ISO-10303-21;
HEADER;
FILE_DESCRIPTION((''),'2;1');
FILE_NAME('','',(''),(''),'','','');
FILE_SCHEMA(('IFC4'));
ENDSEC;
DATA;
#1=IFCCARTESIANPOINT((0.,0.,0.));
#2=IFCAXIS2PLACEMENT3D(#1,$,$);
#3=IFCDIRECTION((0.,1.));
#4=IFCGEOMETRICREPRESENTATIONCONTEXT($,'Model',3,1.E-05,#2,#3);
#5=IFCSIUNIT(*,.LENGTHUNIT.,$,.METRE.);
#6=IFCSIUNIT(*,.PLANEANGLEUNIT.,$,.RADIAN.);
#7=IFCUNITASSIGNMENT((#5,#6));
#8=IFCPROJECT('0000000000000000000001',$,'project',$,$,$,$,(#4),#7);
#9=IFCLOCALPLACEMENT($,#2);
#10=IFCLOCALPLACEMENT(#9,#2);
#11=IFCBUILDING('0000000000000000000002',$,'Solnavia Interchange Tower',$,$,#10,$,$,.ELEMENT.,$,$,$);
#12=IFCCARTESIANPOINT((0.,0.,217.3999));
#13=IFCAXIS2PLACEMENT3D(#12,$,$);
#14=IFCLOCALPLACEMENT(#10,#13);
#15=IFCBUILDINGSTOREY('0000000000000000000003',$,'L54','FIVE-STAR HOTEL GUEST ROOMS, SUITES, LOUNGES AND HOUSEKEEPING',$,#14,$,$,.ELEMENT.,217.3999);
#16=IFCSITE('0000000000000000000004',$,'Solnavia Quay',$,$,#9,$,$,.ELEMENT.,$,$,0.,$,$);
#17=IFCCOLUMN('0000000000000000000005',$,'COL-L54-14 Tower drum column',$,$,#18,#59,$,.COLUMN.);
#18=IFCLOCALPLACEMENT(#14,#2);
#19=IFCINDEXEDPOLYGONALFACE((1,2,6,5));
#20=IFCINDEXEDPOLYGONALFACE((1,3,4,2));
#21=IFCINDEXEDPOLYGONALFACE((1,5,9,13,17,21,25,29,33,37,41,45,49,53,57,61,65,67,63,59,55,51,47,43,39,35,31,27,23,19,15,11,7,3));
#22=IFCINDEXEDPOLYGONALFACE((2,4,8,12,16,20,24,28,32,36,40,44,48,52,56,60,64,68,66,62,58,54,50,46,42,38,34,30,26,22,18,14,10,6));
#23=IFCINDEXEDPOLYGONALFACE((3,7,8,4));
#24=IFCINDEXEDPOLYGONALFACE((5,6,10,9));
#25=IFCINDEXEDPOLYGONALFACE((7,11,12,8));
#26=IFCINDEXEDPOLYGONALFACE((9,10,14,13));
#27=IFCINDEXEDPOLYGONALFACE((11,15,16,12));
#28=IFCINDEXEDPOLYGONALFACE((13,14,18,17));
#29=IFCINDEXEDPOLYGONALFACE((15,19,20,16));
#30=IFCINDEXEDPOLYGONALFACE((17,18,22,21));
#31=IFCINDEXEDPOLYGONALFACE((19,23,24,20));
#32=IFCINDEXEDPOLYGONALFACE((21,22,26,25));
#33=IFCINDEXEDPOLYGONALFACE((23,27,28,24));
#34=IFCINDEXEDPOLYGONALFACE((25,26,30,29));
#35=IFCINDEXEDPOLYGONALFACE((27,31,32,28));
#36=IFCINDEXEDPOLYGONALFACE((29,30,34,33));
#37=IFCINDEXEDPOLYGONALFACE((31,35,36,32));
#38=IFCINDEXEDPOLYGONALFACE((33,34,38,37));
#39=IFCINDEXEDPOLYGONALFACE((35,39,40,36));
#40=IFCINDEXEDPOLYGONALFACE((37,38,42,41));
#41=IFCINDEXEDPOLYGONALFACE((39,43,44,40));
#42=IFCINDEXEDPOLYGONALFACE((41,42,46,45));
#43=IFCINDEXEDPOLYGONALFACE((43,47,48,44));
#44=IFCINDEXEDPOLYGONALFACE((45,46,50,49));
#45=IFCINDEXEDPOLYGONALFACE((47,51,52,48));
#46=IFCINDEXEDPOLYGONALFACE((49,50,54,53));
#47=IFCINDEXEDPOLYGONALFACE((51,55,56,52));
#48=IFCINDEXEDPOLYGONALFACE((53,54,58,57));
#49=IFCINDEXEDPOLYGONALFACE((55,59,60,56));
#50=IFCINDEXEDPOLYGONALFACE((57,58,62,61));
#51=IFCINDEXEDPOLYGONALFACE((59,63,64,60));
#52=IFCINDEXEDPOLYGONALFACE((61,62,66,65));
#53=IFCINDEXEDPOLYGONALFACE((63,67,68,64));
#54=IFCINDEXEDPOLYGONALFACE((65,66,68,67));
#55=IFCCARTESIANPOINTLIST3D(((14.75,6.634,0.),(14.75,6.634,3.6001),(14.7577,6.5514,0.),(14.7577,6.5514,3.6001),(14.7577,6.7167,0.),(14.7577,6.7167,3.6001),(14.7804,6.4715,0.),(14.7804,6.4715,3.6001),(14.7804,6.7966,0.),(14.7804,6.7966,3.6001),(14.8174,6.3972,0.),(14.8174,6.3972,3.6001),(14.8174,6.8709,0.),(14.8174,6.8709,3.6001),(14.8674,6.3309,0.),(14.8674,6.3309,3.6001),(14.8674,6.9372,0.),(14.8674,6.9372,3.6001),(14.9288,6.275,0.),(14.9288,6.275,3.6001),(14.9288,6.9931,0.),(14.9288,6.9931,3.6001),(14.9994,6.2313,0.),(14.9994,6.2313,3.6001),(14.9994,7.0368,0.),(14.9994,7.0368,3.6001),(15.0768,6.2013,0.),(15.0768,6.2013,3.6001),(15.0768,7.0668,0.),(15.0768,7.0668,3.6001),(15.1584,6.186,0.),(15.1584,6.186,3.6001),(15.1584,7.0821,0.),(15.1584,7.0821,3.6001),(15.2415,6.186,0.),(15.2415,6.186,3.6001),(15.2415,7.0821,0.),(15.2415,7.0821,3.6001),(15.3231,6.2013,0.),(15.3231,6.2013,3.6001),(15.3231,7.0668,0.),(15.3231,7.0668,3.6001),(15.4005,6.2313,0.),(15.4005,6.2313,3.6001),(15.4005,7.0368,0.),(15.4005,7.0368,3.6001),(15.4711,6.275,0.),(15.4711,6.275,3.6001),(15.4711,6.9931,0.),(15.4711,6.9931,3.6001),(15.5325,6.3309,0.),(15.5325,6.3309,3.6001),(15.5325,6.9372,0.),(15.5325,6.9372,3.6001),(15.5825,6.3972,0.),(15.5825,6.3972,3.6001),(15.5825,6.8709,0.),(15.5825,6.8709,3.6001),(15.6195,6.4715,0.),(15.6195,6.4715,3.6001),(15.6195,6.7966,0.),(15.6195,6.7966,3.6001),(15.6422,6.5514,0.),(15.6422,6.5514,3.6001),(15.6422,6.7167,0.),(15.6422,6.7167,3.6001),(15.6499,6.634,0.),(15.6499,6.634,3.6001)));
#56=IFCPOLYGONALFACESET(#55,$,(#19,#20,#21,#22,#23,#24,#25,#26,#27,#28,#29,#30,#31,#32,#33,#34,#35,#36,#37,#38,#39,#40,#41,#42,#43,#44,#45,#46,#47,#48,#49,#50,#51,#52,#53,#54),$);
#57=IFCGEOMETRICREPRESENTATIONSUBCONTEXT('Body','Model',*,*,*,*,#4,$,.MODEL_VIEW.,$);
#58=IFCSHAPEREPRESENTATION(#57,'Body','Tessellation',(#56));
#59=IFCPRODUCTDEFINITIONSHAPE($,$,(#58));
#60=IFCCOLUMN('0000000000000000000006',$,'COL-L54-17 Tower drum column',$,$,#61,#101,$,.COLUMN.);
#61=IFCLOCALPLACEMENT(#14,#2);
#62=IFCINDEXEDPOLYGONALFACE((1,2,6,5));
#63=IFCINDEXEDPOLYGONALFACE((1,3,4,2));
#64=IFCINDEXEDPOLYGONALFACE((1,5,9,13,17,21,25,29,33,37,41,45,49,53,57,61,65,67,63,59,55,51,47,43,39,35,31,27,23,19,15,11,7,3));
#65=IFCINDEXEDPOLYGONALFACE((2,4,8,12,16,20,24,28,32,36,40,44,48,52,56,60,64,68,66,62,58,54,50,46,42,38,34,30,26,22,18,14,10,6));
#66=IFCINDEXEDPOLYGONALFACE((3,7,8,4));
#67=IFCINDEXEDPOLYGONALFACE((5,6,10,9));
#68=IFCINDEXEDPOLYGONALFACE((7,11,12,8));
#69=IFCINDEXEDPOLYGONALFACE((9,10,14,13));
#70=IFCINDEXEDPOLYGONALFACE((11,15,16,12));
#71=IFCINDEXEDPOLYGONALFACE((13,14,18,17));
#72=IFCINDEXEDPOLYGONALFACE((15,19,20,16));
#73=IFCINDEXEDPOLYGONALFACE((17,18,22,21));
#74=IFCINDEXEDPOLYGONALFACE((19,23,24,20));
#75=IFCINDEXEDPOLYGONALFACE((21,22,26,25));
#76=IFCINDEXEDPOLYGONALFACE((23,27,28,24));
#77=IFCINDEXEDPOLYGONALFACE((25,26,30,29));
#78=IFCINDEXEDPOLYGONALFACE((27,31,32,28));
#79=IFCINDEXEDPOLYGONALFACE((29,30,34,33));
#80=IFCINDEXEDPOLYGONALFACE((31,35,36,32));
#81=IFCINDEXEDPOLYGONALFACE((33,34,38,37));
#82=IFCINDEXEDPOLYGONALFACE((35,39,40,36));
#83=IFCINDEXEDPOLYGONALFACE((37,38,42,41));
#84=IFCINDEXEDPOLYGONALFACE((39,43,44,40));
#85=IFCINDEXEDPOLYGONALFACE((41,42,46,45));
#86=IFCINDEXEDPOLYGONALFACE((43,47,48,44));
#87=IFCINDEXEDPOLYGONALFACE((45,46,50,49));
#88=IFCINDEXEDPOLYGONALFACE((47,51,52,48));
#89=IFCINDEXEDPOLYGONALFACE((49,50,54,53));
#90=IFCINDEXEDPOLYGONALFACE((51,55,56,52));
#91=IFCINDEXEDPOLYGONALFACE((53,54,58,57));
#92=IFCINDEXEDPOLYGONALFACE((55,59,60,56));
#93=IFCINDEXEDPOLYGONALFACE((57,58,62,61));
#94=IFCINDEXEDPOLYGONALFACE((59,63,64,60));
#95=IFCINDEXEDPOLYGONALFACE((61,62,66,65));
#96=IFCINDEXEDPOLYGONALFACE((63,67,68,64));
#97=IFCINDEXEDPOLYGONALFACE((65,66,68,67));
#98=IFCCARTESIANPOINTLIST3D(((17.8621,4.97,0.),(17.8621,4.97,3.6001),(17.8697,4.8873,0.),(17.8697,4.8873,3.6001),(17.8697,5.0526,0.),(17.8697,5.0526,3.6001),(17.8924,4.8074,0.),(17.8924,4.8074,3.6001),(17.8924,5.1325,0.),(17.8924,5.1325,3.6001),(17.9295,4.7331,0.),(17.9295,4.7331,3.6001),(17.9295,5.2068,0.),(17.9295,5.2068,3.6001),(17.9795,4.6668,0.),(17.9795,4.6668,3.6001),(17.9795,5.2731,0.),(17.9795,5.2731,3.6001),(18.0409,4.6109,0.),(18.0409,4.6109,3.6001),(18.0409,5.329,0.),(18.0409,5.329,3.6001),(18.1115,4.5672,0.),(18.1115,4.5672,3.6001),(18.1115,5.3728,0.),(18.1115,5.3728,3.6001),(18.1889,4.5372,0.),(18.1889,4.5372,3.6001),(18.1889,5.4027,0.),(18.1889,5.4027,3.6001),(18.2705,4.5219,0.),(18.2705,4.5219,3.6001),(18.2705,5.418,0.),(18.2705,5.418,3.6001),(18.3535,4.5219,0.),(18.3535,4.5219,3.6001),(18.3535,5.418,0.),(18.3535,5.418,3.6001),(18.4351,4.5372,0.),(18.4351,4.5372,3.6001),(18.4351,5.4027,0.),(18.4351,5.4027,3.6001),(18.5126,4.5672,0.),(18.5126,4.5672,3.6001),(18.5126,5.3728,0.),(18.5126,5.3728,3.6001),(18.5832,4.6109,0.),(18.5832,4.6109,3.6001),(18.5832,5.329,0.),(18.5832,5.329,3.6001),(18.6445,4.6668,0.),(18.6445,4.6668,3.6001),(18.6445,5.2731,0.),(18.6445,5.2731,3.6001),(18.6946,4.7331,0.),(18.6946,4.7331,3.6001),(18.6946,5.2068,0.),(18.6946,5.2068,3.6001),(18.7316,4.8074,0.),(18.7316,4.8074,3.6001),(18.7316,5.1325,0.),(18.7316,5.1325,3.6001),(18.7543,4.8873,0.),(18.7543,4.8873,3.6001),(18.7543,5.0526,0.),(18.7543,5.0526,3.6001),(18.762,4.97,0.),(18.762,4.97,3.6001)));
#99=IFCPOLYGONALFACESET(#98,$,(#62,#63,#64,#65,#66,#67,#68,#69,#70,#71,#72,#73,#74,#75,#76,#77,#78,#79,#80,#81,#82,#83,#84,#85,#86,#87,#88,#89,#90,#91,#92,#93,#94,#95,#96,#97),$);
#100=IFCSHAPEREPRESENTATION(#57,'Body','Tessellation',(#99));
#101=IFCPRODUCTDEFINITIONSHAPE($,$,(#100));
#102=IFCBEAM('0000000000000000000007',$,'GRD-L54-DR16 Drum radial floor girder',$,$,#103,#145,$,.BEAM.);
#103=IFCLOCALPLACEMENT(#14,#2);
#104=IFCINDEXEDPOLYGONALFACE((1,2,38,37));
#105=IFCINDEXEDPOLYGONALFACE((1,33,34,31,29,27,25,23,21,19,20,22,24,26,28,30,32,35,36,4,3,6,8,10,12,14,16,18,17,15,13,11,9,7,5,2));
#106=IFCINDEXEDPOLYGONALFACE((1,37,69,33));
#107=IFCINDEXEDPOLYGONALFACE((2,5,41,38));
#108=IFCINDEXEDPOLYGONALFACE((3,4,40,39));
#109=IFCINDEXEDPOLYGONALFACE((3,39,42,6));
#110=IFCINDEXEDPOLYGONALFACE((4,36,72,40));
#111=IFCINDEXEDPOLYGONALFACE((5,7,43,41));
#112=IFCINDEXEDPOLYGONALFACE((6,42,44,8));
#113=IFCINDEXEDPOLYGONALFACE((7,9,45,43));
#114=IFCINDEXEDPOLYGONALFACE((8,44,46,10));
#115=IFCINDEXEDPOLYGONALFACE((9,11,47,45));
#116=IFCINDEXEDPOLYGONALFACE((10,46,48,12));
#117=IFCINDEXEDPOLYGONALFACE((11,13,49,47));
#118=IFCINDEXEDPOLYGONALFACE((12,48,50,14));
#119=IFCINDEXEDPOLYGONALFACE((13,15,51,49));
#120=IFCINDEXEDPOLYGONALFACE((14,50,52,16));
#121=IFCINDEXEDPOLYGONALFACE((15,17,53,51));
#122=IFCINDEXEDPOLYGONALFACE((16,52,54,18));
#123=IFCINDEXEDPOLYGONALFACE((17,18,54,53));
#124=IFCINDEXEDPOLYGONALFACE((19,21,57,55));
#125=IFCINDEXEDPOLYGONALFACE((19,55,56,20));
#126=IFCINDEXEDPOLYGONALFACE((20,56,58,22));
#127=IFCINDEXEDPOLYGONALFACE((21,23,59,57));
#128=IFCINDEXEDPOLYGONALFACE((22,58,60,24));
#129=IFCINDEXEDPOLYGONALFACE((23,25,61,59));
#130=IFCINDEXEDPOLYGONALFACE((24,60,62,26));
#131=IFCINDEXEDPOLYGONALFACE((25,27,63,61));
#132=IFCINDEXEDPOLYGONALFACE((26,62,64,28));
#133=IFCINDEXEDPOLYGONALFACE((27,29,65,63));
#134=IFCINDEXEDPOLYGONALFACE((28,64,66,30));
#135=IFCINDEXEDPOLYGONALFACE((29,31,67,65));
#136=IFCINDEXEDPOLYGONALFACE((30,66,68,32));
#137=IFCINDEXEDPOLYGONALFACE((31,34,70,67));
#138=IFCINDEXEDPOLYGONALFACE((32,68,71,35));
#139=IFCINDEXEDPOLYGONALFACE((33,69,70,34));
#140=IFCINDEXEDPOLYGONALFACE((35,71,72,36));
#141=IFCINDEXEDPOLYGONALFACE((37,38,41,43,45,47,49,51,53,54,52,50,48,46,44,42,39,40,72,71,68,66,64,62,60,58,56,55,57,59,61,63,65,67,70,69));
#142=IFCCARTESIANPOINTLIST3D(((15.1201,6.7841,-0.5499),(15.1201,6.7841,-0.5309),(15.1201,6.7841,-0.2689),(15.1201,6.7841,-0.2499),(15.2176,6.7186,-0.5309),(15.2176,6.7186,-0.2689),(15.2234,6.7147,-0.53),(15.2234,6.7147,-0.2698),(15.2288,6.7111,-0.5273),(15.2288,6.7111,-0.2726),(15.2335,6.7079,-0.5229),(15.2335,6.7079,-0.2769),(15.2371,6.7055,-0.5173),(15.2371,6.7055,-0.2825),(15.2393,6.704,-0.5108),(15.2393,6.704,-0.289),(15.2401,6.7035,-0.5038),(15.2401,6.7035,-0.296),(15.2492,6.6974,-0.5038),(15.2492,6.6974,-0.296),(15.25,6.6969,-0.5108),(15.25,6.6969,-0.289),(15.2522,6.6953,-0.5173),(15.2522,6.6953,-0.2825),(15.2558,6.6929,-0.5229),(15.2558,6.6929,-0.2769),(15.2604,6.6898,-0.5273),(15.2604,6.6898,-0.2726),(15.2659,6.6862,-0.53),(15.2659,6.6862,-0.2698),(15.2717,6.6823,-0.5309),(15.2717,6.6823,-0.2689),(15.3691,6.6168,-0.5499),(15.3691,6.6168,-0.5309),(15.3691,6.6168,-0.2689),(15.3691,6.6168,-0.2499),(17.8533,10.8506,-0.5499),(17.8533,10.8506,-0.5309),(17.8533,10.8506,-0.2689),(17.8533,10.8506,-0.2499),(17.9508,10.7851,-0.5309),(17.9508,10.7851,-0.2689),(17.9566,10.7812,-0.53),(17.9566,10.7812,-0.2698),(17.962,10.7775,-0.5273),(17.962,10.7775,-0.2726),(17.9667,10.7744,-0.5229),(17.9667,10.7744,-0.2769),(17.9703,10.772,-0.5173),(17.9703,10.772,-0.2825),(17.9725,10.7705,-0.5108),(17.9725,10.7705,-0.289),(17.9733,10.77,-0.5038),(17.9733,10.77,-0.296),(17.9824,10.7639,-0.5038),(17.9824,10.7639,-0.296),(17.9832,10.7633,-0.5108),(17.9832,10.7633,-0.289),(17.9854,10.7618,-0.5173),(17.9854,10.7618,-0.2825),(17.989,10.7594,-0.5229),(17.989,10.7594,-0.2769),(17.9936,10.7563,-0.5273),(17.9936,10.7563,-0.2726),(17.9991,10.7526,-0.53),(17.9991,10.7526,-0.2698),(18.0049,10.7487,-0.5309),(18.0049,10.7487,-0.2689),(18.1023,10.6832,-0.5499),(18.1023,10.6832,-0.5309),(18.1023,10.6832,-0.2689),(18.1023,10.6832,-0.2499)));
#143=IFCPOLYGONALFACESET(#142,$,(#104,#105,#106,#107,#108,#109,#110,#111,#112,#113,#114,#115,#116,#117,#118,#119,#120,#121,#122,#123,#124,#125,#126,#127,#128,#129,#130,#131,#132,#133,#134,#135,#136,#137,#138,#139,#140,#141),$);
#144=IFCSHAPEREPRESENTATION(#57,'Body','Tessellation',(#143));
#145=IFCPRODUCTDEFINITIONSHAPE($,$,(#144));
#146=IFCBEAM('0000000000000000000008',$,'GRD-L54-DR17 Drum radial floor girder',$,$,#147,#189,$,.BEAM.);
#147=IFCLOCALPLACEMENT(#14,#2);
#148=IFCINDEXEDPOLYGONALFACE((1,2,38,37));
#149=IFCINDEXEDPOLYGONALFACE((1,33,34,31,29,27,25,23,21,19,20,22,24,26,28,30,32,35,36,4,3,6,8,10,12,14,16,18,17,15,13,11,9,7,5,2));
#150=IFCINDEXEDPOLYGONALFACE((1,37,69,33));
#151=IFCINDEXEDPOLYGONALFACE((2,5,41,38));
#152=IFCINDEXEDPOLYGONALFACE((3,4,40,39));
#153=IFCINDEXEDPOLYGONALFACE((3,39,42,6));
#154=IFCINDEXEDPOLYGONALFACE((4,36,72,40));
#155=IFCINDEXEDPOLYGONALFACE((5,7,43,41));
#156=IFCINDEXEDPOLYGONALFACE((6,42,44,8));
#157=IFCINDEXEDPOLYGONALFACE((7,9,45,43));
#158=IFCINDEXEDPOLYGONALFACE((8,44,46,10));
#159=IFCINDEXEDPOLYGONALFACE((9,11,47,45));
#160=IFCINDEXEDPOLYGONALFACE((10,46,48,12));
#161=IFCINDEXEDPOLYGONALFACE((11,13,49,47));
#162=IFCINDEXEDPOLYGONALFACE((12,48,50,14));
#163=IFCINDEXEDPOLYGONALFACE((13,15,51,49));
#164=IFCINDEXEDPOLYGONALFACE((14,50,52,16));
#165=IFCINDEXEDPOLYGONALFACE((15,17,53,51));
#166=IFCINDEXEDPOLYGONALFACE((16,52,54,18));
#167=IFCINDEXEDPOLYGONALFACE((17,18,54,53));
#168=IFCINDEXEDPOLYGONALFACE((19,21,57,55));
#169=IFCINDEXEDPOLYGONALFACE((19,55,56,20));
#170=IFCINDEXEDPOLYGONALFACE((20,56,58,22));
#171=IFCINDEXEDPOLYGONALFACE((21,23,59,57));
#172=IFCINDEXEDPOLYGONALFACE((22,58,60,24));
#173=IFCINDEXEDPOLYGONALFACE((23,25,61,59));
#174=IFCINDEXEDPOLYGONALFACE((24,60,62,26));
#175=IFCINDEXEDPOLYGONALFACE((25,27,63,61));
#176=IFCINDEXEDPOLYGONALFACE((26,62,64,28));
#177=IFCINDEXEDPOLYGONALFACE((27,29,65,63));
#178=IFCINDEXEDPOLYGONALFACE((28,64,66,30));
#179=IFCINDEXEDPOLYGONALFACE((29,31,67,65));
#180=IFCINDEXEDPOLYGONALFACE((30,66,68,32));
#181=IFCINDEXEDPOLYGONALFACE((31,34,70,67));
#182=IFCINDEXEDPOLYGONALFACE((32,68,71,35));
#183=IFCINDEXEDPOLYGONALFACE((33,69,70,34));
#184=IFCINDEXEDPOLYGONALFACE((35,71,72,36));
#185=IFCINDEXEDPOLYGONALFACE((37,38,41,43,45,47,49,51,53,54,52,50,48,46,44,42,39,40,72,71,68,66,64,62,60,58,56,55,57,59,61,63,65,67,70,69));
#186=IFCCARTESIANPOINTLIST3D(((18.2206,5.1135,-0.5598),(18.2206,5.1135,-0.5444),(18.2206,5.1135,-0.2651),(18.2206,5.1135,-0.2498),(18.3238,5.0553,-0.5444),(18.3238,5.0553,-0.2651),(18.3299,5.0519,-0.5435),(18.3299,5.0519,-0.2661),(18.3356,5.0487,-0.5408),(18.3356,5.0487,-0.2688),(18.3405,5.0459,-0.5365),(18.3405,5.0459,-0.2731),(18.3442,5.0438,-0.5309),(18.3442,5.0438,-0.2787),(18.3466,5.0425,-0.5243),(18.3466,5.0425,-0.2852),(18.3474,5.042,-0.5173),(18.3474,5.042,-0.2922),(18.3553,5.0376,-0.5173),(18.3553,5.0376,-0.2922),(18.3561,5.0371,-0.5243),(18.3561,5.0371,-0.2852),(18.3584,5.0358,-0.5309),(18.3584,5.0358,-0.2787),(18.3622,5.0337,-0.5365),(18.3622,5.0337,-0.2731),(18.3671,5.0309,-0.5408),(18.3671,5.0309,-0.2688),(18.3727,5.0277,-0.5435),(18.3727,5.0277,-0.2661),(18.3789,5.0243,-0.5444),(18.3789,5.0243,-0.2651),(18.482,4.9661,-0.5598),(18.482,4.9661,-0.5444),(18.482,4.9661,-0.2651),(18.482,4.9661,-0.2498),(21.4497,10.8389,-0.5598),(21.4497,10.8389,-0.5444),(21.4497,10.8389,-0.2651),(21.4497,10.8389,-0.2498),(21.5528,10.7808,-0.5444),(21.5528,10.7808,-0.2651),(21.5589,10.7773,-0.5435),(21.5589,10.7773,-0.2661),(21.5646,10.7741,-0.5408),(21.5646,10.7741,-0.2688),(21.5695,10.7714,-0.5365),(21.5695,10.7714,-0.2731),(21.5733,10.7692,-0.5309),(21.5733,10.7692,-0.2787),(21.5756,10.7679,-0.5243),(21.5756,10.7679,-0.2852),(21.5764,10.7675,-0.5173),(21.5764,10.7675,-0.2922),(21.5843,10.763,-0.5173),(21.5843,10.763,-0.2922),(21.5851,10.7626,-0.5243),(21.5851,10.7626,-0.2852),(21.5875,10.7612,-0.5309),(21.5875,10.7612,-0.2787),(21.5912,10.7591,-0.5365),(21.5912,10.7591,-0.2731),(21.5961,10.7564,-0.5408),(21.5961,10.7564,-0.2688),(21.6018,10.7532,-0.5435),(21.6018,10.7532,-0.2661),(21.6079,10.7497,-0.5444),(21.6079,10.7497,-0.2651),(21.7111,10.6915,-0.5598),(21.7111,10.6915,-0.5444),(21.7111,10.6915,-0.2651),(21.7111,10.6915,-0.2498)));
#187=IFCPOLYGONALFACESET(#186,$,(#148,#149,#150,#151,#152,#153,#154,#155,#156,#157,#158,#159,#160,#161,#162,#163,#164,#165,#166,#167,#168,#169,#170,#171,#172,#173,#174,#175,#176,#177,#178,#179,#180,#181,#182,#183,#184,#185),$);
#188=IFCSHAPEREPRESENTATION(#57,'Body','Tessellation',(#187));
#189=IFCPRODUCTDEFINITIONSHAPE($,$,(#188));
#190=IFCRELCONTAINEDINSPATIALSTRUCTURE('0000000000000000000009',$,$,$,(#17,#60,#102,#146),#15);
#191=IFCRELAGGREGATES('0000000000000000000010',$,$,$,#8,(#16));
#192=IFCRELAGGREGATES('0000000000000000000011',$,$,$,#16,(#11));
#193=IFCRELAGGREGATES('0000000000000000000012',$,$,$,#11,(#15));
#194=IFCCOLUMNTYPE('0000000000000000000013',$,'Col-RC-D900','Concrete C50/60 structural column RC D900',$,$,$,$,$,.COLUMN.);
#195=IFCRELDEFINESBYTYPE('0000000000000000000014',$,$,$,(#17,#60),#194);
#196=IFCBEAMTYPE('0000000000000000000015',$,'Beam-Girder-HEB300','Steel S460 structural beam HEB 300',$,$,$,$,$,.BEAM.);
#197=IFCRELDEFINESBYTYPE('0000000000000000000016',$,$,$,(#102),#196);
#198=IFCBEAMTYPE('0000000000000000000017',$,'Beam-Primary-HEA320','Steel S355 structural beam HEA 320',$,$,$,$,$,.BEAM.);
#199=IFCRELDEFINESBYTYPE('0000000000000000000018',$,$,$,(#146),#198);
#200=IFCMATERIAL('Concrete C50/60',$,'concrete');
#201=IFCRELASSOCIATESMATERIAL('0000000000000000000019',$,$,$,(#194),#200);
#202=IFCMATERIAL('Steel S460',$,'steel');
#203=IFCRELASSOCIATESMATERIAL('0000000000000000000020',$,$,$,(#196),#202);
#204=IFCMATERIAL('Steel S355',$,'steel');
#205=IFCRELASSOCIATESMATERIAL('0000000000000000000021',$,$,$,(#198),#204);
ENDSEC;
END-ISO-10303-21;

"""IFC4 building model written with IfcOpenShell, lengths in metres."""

from ifc_helpers import new_model, si_unit, direction, frame, origin, origin_2d, place, context, subcontext, project, spatial, circle, i_section, extrude, material, material_profile, profile_set, type_object, element, save


model = new_model("IFC4")

# Units and contexts
model_context = context("Model", 3, precision=1e-05, world=origin(), true_north=direction((0.0, 1.0)))
body_context = subcontext(model_context, "Body", "Model", "MODEL_VIEW")
ifc_project = project(units=[si_unit("LENGTHUNIT", "METRE"), si_unit("PLANEANGLEUNIT", "RADIAN")], contexts=[model_context])

# Site, building, storey
site_placement = place(None, origin())
site = spatial("IfcSite", under=ifc_project, at=site_placement, Name="Solnavia Quay", CompositionType="ELEMENT", RefElevation=0.0)
building_placement = place(site_placement, origin())
building = spatial("IfcBuilding", under=site, at=building_placement, Name="Solnavia Interchange Tower", CompositionType="ELEMENT")
storey_placement = place(building_placement, frame((0.0, 0.0, 217.3999)))
storey = spatial("IfcBuildingStorey", under=building, at=storey_placement, Name="L54", Description="FIVE-STAR HOTEL GUEST ROOMS, SUITES, LOUNGES AND HOUSEKEEPING", CompositionType="ELEMENT", Elevation=217.3999)

# Columns
ifc_material_1 = material(Name="Concrete C50/60", Category="concrete")
ifc_material_profile_1 = material_profile(ifc_material_1, circle(Radius=0.45, at=origin_2d()), Name="RC D900")
ifc_profile_set_1 = profile_set([ifc_material_profile_1], Name="Concrete C50/60")
column_type = type_object("IfcColumnType", Name="Col-RC-D900", Description="Concrete C50/60 structural column RC D900", PredefinedType="COLUMN", material=ifc_profile_set_1)
for number, where, z_axis, x_axis, name in (
    (1, (15.2, 6.634, 0.0), (0.0, 0.0, 1.0), (1.0, 0.0, 0.0), "COL-L54-14 Tower drum column"),
    (2, (18.312, 4.97, 0.0), (0.0, 0.0, 1.0), (1.0, 0.0, 0.0), "COL-L54-17 Tower drum column"),
):
    element("IfcColumn", number, at=place(storey_placement, frame(where, z_axis=z_axis, x_axis=x_axis)), inside=storey, type_object=column_type, Name=name, PredefinedType="COLUMN", context=body_context, shape_type="SweptSolid", body=[
        extrude(circle(Radius=0.45, at=origin_2d()), origin(), (0.0, 0.0, 1.0), 3.6001),
    ])

# Beams
ifc_material_2 = material(Name="Steel S460", Category="steel")
ifc_material_profile_2 = material_profile(ifc_material_2, i_section(OverallWidth=0.3, OverallDepth=0.3, WebThickness=0.011, FlangeThickness=0.019, FilletRadius=0.0271, at=origin_2d()), Name="HEB 300")
ifc_profile_set_2 = profile_set([ifc_material_profile_2], Name="Steel S460")
beam_type_1 = type_object("IfcBeamType", Name="Beam-Girder-HEB300", Description="Steel S460 structural beam HEB 300", PredefinedType="BEAM", material=ifc_profile_set_2)
beam_1_placement = place(storey_placement, frame((15.2446, 6.7004, -0.3999), z_axis=(0.557835, 0.829952, 0.0), x_axis=(-0.829952, 0.557835, 0.0)))
element("IfcBeam", 3, at=beam_1_placement, inside=storey, type_object=beam_type_1, Name="GRD-L54-DR16 Drum radial floor girder", PredefinedType="BEAM", context=body_context, shape_type="SweptSolid", body=[
    extrude(i_section(OverallWidth=0.3, OverallDepth=0.3, WebThickness=0.011, FlangeThickness=0.019, FilletRadius=0.0271, at=origin_2d()), origin(), (0.0, 0.0, 1.0), 4.8997),
])
ifc_material_3 = material(Name="Steel S355", Category="steel")
ifc_material_profile_3 = material_profile(ifc_material_3, i_section(OverallWidth=0.3, OverallDepth=0.3101, WebThickness=0.009, FlangeThickness=0.0154, FilletRadius=0.0271, at=origin_2d()), Name="HEA 320")
ifc_profile_set_3 = profile_set([ifc_material_profile_3], Name="Steel S355")
beam_type_2 = type_object("IfcBeamType", Name="Beam-Primary-HEA320", Description="Steel S355 structural beam HEA 320", PredefinedType="BEAM", material=ifc_profile_set_3)
beam_2_placement = place(storey_placement, frame((18.3513, 5.0398, -0.4048), z_axis=(0.491243, 0.871022, 0.0), x_axis=(-0.871022, 0.491243, 0.0)))
element("IfcBeam", 4, at=beam_2_placement, inside=storey, type_object=beam_type_2, Name="GRD-L54-DR17 Drum radial floor girder", PredefinedType="BEAM", context=body_context, shape_type="SweptSolid", body=[
    extrude(i_section(OverallWidth=0.3, OverallDepth=0.3101, WebThickness=0.009, FlangeThickness=0.0154, FilletRadius=0.0271, at=origin_2d()), origin(), (0.0, 0.0, 1.0), 6.5732),
])

save(model, "model.ifc")
